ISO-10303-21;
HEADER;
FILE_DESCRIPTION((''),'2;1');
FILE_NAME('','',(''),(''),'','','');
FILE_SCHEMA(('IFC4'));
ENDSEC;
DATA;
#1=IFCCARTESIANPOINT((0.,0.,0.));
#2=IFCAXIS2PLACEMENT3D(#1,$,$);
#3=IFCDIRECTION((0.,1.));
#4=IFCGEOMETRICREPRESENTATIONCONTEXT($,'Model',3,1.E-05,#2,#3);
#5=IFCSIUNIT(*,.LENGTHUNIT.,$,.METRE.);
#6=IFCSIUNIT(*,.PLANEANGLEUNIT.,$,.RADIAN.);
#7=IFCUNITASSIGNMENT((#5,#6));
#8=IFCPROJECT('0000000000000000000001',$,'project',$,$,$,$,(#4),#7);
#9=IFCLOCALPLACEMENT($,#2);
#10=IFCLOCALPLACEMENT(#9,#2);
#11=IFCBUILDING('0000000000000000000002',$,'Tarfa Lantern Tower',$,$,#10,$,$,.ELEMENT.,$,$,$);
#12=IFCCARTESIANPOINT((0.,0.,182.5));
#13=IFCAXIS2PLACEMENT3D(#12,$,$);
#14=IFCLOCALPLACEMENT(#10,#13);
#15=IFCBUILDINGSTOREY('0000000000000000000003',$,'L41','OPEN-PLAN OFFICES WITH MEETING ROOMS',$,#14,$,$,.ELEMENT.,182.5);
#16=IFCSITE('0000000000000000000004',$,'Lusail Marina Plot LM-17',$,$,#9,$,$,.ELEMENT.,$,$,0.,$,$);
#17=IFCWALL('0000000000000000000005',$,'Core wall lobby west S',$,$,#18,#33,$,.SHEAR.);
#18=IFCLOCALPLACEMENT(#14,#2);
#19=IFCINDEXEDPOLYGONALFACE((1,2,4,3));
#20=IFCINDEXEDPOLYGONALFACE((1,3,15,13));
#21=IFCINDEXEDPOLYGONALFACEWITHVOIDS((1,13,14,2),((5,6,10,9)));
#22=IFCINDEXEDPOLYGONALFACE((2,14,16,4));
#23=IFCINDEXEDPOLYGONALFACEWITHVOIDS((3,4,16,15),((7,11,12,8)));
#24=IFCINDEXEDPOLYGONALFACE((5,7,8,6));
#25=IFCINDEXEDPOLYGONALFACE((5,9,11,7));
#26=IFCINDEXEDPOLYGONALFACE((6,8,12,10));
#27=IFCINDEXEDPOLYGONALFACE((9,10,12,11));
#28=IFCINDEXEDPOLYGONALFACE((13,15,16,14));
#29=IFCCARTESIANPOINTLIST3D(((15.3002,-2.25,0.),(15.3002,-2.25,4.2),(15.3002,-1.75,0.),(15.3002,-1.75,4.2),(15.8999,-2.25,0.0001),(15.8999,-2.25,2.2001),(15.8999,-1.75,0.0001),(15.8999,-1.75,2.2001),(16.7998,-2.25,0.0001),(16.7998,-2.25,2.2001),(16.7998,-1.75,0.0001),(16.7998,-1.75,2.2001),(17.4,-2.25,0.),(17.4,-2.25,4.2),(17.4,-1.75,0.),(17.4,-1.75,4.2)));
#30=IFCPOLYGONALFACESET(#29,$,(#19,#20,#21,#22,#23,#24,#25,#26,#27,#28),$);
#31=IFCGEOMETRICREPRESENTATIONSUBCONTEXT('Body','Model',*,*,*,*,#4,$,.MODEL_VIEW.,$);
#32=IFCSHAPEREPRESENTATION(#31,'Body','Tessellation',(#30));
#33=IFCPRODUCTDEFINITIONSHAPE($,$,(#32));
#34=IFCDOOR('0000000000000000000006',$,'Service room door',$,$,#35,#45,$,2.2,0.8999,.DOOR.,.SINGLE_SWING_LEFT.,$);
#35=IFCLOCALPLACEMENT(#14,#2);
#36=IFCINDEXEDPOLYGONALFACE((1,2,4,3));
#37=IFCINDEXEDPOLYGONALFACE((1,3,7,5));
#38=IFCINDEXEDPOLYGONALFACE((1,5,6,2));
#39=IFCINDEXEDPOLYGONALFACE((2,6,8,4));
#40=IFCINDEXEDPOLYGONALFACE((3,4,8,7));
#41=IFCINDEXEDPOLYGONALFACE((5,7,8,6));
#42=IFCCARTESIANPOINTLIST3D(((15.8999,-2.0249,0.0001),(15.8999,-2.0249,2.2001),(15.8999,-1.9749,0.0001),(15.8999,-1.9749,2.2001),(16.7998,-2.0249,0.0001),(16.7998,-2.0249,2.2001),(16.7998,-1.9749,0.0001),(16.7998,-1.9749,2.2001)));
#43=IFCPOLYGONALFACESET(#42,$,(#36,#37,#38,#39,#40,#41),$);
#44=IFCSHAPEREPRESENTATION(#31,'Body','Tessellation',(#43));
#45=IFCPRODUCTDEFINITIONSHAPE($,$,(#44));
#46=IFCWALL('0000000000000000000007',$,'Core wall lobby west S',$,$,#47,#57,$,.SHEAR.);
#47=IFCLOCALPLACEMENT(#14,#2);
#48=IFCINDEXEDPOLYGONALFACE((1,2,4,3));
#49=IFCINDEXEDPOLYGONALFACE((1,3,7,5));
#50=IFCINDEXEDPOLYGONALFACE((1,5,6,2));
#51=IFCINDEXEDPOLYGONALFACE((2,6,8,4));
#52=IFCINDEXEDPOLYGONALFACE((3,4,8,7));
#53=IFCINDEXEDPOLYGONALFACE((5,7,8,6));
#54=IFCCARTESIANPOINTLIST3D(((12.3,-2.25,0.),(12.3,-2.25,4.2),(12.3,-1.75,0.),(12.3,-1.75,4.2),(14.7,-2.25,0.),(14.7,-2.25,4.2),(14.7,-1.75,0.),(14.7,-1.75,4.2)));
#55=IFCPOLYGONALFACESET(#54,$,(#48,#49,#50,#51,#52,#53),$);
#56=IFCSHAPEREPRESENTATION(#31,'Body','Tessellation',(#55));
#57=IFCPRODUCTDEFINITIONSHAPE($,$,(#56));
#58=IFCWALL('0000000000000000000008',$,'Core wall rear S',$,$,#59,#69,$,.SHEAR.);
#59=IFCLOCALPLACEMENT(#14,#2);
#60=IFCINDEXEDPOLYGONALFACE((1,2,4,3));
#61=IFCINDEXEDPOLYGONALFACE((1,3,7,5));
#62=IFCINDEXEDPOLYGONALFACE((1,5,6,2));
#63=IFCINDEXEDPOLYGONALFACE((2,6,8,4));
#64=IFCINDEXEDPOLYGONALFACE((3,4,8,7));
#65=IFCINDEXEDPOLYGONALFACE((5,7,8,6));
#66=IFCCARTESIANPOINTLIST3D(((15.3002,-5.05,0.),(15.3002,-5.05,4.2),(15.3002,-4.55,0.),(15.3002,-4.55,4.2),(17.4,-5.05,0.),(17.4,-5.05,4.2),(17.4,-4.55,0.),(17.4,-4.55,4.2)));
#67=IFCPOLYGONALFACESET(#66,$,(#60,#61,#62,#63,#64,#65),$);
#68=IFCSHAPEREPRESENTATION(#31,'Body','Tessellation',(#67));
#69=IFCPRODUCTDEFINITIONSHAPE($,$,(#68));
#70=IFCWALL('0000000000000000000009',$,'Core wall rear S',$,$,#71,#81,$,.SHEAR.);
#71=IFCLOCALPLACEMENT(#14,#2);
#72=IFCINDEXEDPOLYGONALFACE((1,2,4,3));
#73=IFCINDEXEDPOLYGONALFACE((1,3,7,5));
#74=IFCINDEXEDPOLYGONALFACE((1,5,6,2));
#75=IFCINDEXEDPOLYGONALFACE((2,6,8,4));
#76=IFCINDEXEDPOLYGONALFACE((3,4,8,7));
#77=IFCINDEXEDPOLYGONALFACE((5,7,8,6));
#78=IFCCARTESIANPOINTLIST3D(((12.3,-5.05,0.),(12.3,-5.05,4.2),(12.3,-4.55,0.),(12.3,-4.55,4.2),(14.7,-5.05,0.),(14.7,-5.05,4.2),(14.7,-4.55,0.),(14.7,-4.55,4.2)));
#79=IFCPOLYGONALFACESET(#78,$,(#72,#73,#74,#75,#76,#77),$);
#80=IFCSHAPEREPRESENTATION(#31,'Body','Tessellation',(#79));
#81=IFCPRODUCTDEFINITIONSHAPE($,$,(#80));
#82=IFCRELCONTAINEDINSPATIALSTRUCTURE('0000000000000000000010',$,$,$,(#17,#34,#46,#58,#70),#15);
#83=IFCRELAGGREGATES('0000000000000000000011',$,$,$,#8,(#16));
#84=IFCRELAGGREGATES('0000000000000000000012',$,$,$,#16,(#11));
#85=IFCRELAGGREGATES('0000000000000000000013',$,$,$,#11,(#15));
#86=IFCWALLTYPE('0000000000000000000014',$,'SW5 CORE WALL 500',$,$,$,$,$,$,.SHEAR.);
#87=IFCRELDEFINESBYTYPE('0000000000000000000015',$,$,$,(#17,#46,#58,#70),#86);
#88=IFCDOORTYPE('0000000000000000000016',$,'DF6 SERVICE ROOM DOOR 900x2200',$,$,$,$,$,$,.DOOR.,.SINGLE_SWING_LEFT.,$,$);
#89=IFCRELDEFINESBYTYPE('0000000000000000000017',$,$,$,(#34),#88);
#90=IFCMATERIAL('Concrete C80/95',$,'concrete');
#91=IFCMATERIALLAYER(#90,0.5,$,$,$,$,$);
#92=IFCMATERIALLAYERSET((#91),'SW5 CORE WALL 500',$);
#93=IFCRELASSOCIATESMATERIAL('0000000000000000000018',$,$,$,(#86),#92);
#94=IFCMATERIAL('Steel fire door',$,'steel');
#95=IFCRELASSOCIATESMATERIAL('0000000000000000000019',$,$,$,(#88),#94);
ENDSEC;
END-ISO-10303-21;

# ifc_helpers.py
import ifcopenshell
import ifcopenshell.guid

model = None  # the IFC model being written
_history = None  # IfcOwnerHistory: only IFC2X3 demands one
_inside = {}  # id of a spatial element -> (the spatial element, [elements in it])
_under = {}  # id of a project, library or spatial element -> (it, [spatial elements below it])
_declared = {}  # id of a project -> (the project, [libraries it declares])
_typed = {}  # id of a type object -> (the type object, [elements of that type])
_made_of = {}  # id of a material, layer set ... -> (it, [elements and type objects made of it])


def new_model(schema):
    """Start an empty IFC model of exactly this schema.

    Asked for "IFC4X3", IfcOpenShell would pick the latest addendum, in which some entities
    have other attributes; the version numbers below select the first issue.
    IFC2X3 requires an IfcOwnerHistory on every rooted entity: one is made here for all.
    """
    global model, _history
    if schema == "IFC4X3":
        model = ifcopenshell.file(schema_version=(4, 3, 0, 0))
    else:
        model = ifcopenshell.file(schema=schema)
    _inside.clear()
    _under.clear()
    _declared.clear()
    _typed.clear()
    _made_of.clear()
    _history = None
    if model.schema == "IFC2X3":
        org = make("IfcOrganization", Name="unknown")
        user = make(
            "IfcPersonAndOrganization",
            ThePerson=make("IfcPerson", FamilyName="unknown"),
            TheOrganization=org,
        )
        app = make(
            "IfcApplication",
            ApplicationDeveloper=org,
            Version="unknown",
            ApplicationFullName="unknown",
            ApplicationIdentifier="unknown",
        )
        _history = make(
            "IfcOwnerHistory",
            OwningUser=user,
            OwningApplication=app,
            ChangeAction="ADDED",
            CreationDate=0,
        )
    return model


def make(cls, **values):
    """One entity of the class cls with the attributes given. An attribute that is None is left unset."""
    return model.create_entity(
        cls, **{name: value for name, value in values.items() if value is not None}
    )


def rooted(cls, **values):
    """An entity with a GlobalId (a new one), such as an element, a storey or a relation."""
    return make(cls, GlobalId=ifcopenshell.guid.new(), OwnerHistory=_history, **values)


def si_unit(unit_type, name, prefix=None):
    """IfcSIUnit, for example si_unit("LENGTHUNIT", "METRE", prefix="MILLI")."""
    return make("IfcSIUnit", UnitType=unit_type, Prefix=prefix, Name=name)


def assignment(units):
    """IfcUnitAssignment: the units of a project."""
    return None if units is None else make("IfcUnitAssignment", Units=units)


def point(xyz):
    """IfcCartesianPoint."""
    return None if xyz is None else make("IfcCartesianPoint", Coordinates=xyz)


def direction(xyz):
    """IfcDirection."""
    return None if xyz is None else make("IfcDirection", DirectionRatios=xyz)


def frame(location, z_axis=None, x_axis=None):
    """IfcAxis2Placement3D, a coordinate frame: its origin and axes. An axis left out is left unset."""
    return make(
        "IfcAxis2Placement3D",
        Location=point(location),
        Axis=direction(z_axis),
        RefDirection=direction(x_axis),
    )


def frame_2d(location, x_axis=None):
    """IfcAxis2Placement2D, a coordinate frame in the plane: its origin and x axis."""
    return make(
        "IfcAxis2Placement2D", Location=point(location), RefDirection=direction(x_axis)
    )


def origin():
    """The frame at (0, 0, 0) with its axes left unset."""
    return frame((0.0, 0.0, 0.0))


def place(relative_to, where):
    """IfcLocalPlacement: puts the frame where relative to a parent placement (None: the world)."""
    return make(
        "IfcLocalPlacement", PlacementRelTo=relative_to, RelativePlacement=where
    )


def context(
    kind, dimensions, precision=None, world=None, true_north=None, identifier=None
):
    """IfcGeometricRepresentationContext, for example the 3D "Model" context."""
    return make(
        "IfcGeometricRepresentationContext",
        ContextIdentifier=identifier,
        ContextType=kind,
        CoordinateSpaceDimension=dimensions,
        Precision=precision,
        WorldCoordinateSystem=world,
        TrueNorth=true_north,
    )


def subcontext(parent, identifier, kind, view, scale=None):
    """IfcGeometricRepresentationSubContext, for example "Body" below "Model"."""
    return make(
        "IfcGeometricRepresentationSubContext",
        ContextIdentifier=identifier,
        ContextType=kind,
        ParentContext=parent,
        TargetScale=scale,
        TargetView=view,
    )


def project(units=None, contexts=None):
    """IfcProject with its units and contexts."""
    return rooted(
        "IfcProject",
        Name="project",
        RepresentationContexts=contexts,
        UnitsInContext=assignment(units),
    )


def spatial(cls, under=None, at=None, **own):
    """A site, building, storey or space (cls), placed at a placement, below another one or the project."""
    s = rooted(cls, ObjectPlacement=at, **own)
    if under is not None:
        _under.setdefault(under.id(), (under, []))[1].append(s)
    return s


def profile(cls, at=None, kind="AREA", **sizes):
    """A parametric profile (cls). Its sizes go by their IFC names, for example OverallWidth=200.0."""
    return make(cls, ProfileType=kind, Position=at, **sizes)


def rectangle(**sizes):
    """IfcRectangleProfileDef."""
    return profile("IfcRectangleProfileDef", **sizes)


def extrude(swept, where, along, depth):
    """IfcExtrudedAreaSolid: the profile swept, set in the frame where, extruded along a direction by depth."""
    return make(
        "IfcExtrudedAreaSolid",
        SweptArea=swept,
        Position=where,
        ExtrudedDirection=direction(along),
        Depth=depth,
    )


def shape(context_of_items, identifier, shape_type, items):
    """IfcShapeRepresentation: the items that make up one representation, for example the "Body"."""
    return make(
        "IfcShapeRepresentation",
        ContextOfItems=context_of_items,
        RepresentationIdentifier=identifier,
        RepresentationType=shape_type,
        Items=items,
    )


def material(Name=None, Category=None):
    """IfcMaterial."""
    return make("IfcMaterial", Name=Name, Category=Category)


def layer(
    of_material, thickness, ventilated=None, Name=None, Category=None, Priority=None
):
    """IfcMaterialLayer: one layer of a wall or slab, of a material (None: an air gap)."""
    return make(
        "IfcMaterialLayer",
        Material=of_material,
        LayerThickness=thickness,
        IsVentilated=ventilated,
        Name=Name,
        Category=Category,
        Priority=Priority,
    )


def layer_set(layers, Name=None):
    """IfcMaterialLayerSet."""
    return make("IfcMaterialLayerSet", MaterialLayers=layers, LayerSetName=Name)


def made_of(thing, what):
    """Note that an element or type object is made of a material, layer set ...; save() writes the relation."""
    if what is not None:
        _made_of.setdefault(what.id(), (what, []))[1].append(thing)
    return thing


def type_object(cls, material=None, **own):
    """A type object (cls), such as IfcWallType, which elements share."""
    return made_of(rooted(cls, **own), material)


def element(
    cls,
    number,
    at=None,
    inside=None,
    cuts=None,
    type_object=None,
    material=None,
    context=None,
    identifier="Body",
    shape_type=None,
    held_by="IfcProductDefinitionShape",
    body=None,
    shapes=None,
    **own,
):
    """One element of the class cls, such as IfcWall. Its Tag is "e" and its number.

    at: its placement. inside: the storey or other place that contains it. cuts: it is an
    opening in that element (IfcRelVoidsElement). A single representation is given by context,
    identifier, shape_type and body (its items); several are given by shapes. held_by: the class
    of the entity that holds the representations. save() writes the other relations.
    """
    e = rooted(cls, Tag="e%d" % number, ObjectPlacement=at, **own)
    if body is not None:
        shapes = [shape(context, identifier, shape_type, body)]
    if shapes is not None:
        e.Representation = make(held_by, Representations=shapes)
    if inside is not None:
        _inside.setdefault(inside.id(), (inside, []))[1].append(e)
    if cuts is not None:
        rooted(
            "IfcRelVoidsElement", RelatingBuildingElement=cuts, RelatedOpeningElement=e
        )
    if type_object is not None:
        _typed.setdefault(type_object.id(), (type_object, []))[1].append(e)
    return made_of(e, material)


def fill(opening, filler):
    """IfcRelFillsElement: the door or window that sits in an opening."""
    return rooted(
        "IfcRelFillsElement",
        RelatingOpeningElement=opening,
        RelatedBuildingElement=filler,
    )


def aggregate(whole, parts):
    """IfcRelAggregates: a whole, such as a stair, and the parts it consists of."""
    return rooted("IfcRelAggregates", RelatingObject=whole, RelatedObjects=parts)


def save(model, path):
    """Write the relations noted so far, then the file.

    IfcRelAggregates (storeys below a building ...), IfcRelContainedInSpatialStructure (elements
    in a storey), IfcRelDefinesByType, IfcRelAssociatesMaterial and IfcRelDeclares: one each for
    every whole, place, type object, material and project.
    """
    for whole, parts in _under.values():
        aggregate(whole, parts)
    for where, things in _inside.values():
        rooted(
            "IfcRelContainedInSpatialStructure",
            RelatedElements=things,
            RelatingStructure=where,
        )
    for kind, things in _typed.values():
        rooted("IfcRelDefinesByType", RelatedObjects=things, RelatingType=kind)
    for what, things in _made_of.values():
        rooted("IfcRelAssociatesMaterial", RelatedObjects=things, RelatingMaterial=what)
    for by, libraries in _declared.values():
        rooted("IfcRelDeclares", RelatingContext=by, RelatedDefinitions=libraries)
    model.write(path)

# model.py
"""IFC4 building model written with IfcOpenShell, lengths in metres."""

from ifc_helpers import new_model, si_unit, direction, frame, frame_2d, origin, place, context, subcontext, project, spatial, rectangle, extrude, material, layer, layer_set, type_object, element, fill, save


model = new_model("IFC4")

# Units and contexts
model_context = context("Model", 3, precision=1e-05, world=origin(), true_north=direction((0.0, 1.0)))
body_context = subcontext(model_context, "Body", "Model", "MODEL_VIEW")
ifc_project = project(units=[si_unit("LENGTHUNIT", "METRE"), si_unit("PLANEANGLEUNIT", "RADIAN")], contexts=[model_context])

# Site, building, storey
site_placement = place(None, origin())
site = spatial("IfcSite", under=ifc_project, at=site_placement, Name="Lusail Marina Plot LM-17", CompositionType="ELEMENT", RefElevation=0.0)
building_placement = place(site_placement, origin())
building = spatial("IfcBuilding", under=site, at=building_placement, Name="Tarfa Lantern Tower", CompositionType="ELEMENT")
storey_placement = place(building_placement, frame((0.0, 0.0, 182.5)))
storey = spatial("IfcBuildingStorey", under=building, at=storey_placement, Name="L41", Description="OPEN-PLAN OFFICES WITH MEETING ROOMS", CompositionType="ELEMENT", Elevation=182.5)

# Shared definitions
ifc_material_1 = material(Name="Concrete C80/95", Category="concrete")

# Wall, opening, door
ifc_material_2 = material(Name="Steel fire door", Category="steel")
ifc_layer_1 = layer(ifc_material_1, 0.5)
ifc_layer_set_1 = layer_set([ifc_layer_1], Name="SW5 CORE WALL 500")
wall_type_1 = type_object("IfcWallType", Name="SW5 CORE WALL 500", PredefinedType="SHEAR", material=ifc_layer_set_1)
wall_1_placement = place(storey_placement, frame((17.3999, -2.0, 0.0), z_axis=(0.0, 0.0, 1.0), x_axis=(-1.0, 0.0, 0.0)))
wall_1 = element("IfcWall", 1, at=wall_1_placement, inside=storey, type_object=wall_type_1, Name="Core wall lobby west S", PredefinedType="SHEAR", context=body_context, shape_type="SweptSolid", body=[
    extrude(rectangle(XDim=2.0999, YDim=0.5, at=frame_2d((1.0498, 0.0))), origin(), (0.0, 0.0, 1.0), 4.2),
])
opening_1_placement = place(wall_1_placement, frame((0.6001, 0.0, 0.0)))
opening_1 = element("IfcOpeningElement", 2, at=opening_1_placement, cuts=wall_1, PredefinedType="OPENING", context=body_context, shape_type="SweptSolid", body=[
    extrude(rectangle(XDim=0.8999, YDim=2.2, at=frame_2d((0.45, 1.1001))), frame((0.0, 0.26, 0.0), z_axis=(0.0, -1.0, 0.0), x_axis=(1.0, 0.0, 0.0)), (0.0, 0.0, 1.0), 0.52),
])
door_type_1 = type_object("IfcDoorType", Name="DF6 SERVICE ROOM DOOR 900x2200", OperationType="SINGLE_SWING_LEFT", PredefinedType="DOOR", material=ifc_material_2)
door_1_placement = place(opening_1_placement, origin())
door_1 = element("IfcDoor", 3, at=door_1_placement, inside=storey, type_object=door_type_1, Name="Service room door", OperationType="SINGLE_SWING_LEFT", OverallHeight=2.2, OverallWidth=0.8999, PredefinedType="DOOR", context=body_context, shape_type="SweptSolid", body=[
    extrude(rectangle(XDim=0.8999, YDim=2.2, at=frame_2d((0.45, 1.1001))), frame((0.0, 0.0249, 0.0), z_axis=(0.0, -1.0, 0.0), x_axis=(1.0, 0.0, 0.0)), (0.0, 0.0, 1.0), 0.05),
])
fill(opening_1, door_1)

# Walls
wall_2_placement = place(storey_placement, frame((14.7, -2.0, 0.0), z_axis=(0.0, 0.0, 1.0), x_axis=(-1.0, 0.0, 0.0)))
element("IfcWall", 4, at=wall_2_placement, inside=storey, type_object=wall_type_1, Name="Core wall lobby west S", PredefinedType="SHEAR", context=body_context, shape_type="SweptSolid", body=[
    extrude(rectangle(XDim=2.3999, YDim=0.5, at=frame_2d((1.2, 0.0))), origin(), (0.0, 0.0, 1.0), 4.2),
])
wall_3_placement = place(storey_placement, frame((17.3999, -4.8, 0.0), z_axis=(0.0, 0.0, 1.0), x_axis=(-1.0, 0.0, 0.0)))
element("IfcWall", 5, at=wall_3_placement, inside=storey, type_object=wall_type_1, Name="Core wall rear S", PredefinedType="SHEAR", context=body_context, shape_type="SweptSolid", body=[
    extrude(rectangle(XDim=2.0999, YDim=0.5, at=frame_2d((1.0498, 0.0))), origin(), (0.0, 0.0, 1.0), 4.2),
])
wall_4_placement = place(storey_placement, frame((14.7, -4.8, 0.0), z_axis=(0.0, 0.0, 1.0), x_axis=(-1.0, 0.0, 0.0)))
element("IfcWall", 6, at=wall_4_placement, inside=storey, type_object=wall_type_1, Name="Core wall rear S", PredefinedType="SHEAR", context=body_context, shape_type="SweptSolid", body=[
    extrude(rectangle(XDim=2.3999, YDim=0.5, at=frame_2d((1.2, 0.0))), origin(), (0.0, 0.0, 1.0), 4.2),
])

save(model, "model.ifc")
